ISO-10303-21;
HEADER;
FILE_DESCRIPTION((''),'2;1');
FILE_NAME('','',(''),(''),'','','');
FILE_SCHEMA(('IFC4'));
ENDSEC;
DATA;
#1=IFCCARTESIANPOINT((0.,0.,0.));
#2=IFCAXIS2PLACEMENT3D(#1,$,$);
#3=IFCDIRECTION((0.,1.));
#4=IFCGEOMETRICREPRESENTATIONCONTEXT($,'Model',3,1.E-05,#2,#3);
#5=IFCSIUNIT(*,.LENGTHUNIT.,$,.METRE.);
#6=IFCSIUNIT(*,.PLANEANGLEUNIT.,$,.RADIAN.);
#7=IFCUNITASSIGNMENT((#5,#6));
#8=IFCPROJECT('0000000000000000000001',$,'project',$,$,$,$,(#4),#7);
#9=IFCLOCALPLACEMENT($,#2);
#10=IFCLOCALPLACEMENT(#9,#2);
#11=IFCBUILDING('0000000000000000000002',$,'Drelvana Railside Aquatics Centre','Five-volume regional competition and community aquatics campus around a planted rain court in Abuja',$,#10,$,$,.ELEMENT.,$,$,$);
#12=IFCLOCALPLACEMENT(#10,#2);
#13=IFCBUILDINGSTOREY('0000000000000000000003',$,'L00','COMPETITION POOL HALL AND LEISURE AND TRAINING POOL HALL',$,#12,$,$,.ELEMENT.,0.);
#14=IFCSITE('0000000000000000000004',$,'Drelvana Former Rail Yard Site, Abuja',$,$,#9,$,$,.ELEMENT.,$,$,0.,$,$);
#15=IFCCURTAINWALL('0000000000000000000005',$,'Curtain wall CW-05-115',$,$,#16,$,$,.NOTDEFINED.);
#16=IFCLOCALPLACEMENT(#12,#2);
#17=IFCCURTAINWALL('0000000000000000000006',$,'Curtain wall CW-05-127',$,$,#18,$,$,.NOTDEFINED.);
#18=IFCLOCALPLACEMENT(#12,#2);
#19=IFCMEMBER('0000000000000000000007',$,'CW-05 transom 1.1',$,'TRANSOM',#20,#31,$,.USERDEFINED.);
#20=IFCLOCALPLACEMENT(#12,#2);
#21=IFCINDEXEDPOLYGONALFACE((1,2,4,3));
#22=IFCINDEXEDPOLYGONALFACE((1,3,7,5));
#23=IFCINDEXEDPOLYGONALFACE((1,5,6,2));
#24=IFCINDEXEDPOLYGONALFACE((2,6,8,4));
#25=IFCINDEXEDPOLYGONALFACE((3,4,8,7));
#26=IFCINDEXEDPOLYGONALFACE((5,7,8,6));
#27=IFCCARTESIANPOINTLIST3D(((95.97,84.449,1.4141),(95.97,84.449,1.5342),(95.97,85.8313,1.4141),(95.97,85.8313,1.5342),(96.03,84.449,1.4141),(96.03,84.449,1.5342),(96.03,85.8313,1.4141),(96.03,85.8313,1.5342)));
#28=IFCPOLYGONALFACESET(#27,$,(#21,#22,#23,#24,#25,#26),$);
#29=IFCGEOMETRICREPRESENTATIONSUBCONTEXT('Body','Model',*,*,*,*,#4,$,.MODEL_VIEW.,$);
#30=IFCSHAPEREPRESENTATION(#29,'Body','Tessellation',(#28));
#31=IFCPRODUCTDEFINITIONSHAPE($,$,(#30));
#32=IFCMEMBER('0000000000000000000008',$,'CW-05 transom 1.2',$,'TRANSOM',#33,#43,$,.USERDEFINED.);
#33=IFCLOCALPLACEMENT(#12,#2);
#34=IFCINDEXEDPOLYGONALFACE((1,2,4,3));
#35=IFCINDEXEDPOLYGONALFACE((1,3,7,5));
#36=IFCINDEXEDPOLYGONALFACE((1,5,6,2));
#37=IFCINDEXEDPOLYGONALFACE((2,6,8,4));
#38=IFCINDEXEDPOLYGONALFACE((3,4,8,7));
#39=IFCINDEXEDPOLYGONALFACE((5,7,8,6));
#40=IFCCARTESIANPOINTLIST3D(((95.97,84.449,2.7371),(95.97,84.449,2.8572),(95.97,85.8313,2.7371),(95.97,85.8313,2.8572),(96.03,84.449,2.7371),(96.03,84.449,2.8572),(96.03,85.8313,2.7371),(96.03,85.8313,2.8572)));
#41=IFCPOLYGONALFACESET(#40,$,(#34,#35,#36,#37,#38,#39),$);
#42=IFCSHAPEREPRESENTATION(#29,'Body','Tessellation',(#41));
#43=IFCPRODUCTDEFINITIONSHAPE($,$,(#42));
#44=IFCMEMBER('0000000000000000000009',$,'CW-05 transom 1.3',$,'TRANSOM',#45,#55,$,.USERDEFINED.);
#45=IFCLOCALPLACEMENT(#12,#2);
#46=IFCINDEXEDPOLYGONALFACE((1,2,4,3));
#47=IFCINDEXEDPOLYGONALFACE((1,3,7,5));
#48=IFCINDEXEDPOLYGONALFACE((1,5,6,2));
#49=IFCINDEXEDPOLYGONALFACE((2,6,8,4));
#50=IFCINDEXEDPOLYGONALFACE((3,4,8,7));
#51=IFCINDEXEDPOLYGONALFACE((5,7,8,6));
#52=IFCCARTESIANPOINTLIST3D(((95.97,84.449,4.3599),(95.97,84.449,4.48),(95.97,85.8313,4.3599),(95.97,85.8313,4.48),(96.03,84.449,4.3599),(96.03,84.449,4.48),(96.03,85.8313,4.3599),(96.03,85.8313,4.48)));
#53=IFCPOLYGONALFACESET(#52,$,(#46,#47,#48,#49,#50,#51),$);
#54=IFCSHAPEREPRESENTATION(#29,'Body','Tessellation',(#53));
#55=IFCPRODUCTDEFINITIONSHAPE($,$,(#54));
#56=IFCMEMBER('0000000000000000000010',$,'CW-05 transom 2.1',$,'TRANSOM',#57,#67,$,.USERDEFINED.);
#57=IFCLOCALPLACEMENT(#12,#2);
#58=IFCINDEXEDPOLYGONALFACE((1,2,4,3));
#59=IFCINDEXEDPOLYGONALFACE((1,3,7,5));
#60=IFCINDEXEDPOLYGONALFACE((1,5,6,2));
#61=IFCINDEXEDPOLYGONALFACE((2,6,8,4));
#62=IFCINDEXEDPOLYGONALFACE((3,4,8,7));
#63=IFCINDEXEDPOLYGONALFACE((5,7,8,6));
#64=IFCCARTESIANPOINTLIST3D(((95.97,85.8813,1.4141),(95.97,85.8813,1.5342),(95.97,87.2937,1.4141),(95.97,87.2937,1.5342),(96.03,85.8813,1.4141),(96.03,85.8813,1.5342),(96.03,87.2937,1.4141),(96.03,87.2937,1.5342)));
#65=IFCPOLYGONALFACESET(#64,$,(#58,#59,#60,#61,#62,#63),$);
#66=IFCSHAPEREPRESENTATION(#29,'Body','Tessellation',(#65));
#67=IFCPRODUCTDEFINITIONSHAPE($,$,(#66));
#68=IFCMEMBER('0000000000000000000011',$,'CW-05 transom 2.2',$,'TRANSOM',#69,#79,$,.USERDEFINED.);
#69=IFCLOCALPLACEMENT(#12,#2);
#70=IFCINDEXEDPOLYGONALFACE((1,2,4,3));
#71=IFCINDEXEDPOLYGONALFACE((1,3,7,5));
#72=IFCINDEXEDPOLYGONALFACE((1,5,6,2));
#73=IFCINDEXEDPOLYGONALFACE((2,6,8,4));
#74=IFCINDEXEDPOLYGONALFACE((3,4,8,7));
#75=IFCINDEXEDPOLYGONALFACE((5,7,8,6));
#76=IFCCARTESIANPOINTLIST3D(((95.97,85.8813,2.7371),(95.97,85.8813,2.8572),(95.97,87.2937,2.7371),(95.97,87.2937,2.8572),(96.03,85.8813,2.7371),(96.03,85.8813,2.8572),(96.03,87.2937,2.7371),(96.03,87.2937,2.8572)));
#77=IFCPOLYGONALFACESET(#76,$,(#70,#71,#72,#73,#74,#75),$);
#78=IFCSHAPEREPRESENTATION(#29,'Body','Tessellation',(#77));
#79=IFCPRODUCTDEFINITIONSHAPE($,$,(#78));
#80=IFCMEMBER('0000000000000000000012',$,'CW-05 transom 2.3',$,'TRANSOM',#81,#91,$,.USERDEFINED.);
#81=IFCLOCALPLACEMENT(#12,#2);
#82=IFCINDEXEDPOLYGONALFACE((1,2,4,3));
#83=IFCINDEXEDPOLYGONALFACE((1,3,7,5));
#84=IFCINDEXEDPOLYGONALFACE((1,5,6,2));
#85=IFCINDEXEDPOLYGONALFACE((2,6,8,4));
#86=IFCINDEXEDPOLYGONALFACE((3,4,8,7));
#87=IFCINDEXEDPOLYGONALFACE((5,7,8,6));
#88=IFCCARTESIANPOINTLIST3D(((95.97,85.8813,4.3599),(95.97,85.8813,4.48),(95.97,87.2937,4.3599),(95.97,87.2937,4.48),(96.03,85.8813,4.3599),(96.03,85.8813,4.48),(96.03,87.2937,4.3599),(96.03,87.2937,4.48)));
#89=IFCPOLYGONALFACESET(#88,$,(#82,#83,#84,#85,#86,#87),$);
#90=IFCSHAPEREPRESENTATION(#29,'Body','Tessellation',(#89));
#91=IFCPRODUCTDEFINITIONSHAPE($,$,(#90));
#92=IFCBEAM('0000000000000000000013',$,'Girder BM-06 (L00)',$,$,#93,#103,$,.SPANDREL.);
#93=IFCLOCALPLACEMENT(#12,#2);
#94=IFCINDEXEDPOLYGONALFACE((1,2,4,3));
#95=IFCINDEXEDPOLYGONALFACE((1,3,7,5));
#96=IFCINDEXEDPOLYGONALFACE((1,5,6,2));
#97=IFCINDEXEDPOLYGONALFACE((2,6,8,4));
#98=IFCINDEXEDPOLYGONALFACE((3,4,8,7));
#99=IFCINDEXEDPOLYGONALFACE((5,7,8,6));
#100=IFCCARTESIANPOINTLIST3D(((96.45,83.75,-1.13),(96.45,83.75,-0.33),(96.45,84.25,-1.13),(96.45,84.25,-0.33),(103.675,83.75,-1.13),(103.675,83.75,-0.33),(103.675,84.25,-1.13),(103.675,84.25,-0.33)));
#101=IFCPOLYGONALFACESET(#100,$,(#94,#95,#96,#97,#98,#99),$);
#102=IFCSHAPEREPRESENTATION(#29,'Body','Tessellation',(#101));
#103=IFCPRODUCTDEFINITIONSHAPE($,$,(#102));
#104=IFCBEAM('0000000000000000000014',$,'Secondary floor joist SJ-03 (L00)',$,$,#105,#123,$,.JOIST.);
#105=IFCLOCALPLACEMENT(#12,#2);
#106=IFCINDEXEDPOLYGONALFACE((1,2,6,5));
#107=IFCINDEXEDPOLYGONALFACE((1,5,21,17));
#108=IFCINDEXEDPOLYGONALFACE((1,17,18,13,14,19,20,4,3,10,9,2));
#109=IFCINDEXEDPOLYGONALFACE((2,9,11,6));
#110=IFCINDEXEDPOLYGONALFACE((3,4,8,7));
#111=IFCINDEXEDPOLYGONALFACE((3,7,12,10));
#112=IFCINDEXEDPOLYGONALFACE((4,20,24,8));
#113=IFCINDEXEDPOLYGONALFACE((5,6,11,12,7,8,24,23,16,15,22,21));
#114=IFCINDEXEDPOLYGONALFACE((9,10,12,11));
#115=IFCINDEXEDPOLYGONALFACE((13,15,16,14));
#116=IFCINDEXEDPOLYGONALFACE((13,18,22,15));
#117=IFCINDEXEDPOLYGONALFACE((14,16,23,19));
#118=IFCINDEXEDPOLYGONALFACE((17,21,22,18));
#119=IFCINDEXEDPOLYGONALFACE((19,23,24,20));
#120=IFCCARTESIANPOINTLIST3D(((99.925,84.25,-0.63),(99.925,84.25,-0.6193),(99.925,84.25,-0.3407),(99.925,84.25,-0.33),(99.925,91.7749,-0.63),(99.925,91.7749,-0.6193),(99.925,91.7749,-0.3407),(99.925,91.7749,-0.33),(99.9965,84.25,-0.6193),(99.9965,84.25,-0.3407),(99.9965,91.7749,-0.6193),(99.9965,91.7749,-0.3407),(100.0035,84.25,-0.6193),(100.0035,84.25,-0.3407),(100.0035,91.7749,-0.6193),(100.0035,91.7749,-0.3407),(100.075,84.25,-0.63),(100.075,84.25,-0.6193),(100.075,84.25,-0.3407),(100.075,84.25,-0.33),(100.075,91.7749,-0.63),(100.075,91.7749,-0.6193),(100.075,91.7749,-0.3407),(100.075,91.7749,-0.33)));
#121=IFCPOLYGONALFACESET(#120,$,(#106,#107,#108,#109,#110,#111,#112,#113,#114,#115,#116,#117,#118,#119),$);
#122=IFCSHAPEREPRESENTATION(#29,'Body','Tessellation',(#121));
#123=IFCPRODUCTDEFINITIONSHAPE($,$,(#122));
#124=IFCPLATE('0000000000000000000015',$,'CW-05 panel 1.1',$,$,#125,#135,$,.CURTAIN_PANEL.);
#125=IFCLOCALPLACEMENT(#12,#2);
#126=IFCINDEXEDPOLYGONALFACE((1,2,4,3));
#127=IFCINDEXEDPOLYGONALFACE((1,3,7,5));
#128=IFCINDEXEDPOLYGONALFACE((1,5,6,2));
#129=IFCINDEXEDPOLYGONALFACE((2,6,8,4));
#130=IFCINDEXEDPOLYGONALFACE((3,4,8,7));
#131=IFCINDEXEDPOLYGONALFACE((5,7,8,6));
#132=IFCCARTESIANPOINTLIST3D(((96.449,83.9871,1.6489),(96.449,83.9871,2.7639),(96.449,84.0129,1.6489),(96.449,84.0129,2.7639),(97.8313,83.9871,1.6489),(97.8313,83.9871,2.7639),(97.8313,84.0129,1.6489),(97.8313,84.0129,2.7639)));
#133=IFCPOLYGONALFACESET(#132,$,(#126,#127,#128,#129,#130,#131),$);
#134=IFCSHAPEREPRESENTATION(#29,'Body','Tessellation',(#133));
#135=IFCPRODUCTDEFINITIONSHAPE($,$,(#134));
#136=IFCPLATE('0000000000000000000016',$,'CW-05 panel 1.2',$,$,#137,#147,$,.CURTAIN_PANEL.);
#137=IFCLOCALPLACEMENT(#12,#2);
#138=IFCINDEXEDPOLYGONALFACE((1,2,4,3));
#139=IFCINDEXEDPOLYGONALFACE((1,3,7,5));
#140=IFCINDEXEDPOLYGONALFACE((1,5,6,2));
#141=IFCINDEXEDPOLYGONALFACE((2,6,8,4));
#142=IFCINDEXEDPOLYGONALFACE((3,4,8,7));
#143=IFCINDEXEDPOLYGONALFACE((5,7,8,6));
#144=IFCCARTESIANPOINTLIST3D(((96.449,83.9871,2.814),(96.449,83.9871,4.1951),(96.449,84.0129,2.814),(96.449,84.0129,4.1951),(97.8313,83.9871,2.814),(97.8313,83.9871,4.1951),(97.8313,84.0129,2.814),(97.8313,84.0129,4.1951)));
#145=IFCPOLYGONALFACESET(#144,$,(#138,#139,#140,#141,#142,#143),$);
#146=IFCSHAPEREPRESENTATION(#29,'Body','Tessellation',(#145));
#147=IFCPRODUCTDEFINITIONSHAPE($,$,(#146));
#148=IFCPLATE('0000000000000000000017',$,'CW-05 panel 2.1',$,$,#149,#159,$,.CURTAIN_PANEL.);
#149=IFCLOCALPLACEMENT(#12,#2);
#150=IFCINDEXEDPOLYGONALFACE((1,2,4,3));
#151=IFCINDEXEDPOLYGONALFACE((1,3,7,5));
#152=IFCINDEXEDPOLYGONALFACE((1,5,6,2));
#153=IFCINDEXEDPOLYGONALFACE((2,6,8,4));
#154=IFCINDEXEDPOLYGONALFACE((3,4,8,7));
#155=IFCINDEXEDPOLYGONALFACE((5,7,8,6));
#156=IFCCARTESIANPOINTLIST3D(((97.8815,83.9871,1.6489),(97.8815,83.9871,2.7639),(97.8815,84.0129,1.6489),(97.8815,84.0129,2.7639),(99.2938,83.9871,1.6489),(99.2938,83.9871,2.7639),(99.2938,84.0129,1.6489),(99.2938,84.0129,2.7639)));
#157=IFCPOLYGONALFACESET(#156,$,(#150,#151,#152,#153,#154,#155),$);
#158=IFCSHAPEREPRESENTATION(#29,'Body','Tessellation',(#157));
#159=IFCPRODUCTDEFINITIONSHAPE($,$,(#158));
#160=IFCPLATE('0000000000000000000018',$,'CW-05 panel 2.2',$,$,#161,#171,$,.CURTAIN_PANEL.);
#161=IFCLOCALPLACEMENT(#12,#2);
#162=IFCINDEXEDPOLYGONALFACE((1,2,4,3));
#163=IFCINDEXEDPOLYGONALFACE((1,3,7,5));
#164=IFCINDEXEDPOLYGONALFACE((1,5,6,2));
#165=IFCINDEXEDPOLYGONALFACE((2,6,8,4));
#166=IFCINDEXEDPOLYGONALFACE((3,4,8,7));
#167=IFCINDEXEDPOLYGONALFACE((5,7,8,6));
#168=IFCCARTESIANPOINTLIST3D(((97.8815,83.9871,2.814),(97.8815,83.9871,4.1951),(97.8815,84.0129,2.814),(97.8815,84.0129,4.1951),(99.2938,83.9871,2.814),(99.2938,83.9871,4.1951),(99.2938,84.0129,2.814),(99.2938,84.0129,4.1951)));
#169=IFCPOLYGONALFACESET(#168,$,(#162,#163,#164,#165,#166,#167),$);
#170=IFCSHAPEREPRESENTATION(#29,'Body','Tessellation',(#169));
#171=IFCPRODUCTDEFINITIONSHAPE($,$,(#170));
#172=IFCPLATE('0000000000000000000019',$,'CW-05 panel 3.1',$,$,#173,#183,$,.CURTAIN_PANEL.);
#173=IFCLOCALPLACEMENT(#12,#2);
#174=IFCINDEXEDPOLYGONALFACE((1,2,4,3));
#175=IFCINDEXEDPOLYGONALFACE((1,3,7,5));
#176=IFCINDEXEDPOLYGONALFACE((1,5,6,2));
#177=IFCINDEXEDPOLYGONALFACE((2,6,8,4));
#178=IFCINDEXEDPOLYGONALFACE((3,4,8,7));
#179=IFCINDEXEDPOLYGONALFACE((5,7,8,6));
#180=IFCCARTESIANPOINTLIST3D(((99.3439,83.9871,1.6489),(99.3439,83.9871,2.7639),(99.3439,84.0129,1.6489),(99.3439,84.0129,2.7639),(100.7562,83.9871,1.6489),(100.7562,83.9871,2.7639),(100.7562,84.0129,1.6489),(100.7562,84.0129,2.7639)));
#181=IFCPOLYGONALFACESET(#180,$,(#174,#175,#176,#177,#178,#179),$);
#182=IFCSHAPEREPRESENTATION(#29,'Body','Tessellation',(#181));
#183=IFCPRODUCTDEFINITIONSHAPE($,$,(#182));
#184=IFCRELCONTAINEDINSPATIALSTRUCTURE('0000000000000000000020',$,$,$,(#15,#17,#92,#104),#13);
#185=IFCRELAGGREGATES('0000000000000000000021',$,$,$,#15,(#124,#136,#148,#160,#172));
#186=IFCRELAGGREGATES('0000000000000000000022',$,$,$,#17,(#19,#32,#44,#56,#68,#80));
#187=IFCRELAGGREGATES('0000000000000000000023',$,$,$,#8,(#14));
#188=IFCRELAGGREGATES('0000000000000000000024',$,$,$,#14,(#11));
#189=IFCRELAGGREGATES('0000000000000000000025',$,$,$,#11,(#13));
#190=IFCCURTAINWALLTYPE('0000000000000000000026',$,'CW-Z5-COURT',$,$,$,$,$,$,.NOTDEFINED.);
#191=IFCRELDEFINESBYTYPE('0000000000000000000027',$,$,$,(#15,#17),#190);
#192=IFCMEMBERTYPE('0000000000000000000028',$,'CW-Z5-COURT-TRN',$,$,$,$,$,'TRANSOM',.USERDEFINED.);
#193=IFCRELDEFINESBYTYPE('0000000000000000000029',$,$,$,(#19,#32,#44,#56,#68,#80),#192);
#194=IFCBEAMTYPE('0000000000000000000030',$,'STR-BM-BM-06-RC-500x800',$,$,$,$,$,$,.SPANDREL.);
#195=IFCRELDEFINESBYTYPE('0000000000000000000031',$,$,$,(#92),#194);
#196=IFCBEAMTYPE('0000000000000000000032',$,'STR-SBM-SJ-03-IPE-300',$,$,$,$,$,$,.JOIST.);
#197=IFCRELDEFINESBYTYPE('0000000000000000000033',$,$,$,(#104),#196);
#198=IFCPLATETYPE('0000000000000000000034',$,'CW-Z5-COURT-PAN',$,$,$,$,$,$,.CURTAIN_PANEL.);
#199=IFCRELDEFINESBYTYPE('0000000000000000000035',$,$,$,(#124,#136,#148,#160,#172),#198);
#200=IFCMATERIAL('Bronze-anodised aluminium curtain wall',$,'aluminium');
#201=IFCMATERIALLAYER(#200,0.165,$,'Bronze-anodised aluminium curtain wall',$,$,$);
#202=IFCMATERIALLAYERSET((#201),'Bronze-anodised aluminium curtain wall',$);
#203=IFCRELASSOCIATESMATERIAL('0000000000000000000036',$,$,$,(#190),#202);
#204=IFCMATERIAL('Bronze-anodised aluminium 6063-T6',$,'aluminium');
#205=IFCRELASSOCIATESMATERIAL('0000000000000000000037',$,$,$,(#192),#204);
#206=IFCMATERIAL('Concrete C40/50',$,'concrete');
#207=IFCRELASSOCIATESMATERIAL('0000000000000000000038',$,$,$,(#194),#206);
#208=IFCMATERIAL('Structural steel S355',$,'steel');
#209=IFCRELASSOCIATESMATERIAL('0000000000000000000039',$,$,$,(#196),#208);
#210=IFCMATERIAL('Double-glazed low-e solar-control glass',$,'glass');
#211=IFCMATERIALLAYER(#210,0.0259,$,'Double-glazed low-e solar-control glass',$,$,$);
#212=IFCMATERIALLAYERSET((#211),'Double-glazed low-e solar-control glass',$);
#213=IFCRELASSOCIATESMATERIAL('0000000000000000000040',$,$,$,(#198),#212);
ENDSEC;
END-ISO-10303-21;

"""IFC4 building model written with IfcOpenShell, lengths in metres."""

from ifc_helpers import new_model, si_unit, direction, frame, origin, origin_2d, place, context, subcontext, project, spatial, rectangle, i_section, extrude, material, layer, layer_set, material_profile, profile_set, type_object, element, aggregate, save


model = new_model("IFC4")

# Units and contexts
model_context = context("Model", 3, precision=1e-05, world=origin(), true_north=direction((0.0, 1.0)))
body_context = subcontext(model_context, "Body", "Model", "MODEL_VIEW")
ifc_project = project(units=[si_unit("LENGTHUNIT", "METRE"), si_unit("PLANEANGLEUNIT", "RADIAN")], contexts=[model_context])

# Site, building, storey
site_placement = place(None, origin())
site = spatial("IfcSite", under=ifc_project, at=site_placement, Name="Drelvana Former Rail Yard Site, Abuja", CompositionType="ELEMENT", RefElevation=0.0)
building_placement = place(site_placement, origin())
building = spatial("IfcBuilding", under=site, at=building_placement, Name="Drelvana Railside Aquatics Centre", Description="Five-volume regional competition and community aquatics campus around a planted rain court in Abuja", CompositionType="ELEMENT")
storey_placement = place(building_placement, origin())
storey = spatial("IfcBuildingStorey", under=building, at=storey_placement, Name="L00", Description="COMPETITION POOL HALL AND LEISURE AND TRAINING POOL HALL", CompositionType="ELEMENT", Elevation=0.0)

# Shared definitions
ifc_material_1 = material(Name="Bronze-anodised aluminium curtain wall", Category="aluminium")
ifc_layer_1 = layer(ifc_material_1, 0.165, Name="Bronze-anodised aluminium curtain wall")
ifc_layer_set_1 = layer_set([ifc_layer_1], Name="Bronze-anodised aluminium curtain wall")
curtain_wall_type = type_object("IfcCurtainWallType", Name="CW-Z5-COURT", PredefinedType="NOTDEFINED", material=ifc_layer_set_1)
ifc_material_2 = material(Name="Bronze-anodised aluminium 6063-T6", Category="aluminium")

# Curtain walls
curtain_wall_1_placement = place(storey_placement, origin())
curtain_wall_1 = element("IfcCurtainWall", 1, at=curtain_wall_1_placement, inside=storey, type_object=curtain_wall_type, Name="Curtain wall CW-05-115", PredefinedType="NOTDEFINED")
curtain_wall_2_placement = place(storey_placement, origin())
curtain_wall_2 = element("IfcCurtainWall", 2, at=curtain_wall_2_placement, inside=storey, type_object=curtain_wall_type, Name="Curtain wall CW-05-127", PredefinedType="NOTDEFINED")

# Members
ifc_material_profile_1 = material_profile(ifc_material_2, rectangle(XDim=0.1201, YDim=0.0601, at=origin_2d()), Name="ALU-T 60x120")
ifc_profile_set_1 = profile_set([ifc_material_profile_1], Name="Bronze-anodised aluminium 6063-T6")
member_type_1 = type_object("IfcMemberType", Name="CW-Z5-COURT-TRN", ElementType="TRANSOM", PredefinedType="USERDEFINED", material=ifc_profile_set_1)
member_1_placement = place(storey_placement, frame((96.0, 84.449, 1.4741), z_axis=(0.0, 1.0, 0.0), x_axis=(0.0, 0.0, 1.0)))
member_1 = element("IfcMember", 3, at=member_1_placement, type_object=member_type_1, Name="CW-05 transom 1.1", ObjectType="TRANSOM", PredefinedType="USERDEFINED", context=body_context, shape_type="SweptSolid", body=[
    extrude(rectangle(XDim=0.1201, YDim=0.0601, at=origin_2d()), origin(), (0.0, 0.0, 1.0), 1.3823),
])
member_2_placement = place(storey_placement, frame((96.0, 84.449, 2.7971), z_axis=(0.0, 1.0, 0.0), x_axis=(0.0, 0.0, 1.0)))
member_2 = element("IfcMember", 4, at=member_2_placement, type_object=member_type_1, Name="CW-05 transom 1.2", ObjectType="TRANSOM", PredefinedType="USERDEFINED", context=body_context, shape_type="SweptSolid", body=[
    extrude(rectangle(XDim=0.1201, YDim=0.0601, at=origin_2d()), origin(), (0.0, 0.0, 1.0), 1.3823),
])
member_3_placement = place(storey_placement, frame((96.0, 84.449, 4.4199), z_axis=(0.0, 1.0, 0.0), x_axis=(0.0, 0.0, 1.0)))
member_3 = element("IfcMember", 5, at=member_3_placement, type_object=member_type_1, Name="CW-05 transom 1.3", ObjectType="TRANSOM", PredefinedType="USERDEFINED", context=body_context, shape_type="SweptSolid", body=[
    extrude(rectangle(XDim=0.1201, YDim=0.0601, at=origin_2d()), origin(), (0.0, 0.0, 1.0), 1.3823),
])
member_4_placement = place(storey_placement, frame((96.0, 85.8813, 1.4741), z_axis=(0.0, 1.0, 0.0), x_axis=(0.0, 0.0, 1.0)))
member_4 = element("IfcMember", 6, at=member_4_placement, type_object=member_type_1, Name="CW-05 transom 2.1", ObjectType="TRANSOM", PredefinedType="USERDEFINED", context=body_context, shape_type="SweptSolid", body=[
    extrude(rectangle(XDim=0.1201, YDim=0.0601, at=origin_2d()), origin(), (0.0, 0.0, 1.0), 1.4124),
])
member_5_placement = place(storey_placement, frame((96.0, 85.8813, 2.7971), z_axis=(0.0, 1.0, 0.0), x_axis=(0.0, 0.0, 1.0)))
member_5 = element("IfcMember", 7, at=member_5_placement, type_object=member_type_1, Name="CW-05 transom 2.2", ObjectType="TRANSOM", PredefinedType="USERDEFINED", context=body_context, shape_type="SweptSolid", body=[
    extrude(rectangle(XDim=0.1201, YDim=0.0601, at=origin_2d()), origin(), (0.0, 0.0, 1.0), 1.4124),
])
member_6_placement = place(storey_placement, frame((96.0, 85.8813, 4.4199), z_axis=(0.0, 1.0, 0.0), x_axis=(0.0, 0.0, 1.0)))
member_6 = element("IfcMember", 8, at=member_6_placement, type_object=member_type_1, Name="CW-05 transom 2.3", ObjectType="TRANSOM", PredefinedType="USERDEFINED", context=body_context, shape_type="SweptSolid", body=[
    extrude(rectangle(XDim=0.1201, YDim=0.0601, at=origin_2d()), origin(), (0.0, 0.0, 1.0), 1.4124),
])

# Beams
ifc_material_3 = material(Name="Concrete C40/50", Category="concrete")
ifc_material_profile_2 = material_profile(ifc_material_3, rectangle(XDim=0.5, YDim=0.8, at=origin_2d()), Name="RC 500x800")
ifc_profile_set_2 = profile_set([ifc_material_profile_2], Name="Concrete C40/50")
beam_type_1 = type_object("IfcBeamType", Name="STR-BM-BM-06-RC-500x800", PredefinedType="SPANDREL", material=ifc_profile_set_2)
beam_1_placement = place(storey_placement, frame((96.45, 84.0, -0.73), z_axis=(1.0, 0.0, 0.0), x_axis=(0.0, 1.0, 0.0)))
element("IfcBeam", 9, at=beam_1_placement, inside=storey, type_object=beam_type_1, Name="Girder BM-06 (L00)", PredefinedType="SPANDREL", context=body_context, shape_type="SweptSolid", body=[
    extrude(rectangle(XDim=0.5, YDim=0.8, at=origin_2d()), origin(), (0.0, 0.0, 1.0), 7.2251),
])
ifc_material_4 = material(Name="Structural steel S355", Category="steel")
ifc_material_profile_3 = material_profile(ifc_material_4, i_section(OverallWidth=0.1499, OverallDepth=0.3, WebThickness=0.0071, FlangeThickness=0.0107, at=origin_2d()), Name="IPE 300")
ifc_profile_set_3 = profile_set([ifc_material_profile_3], Name="Structural steel S355")
beam_type_2 = type_object("IfcBeamType", Name="STR-SBM-SJ-03-IPE-300", PredefinedType="JOIST", material=ifc_profile_set_3)
beam_2_placement = place(storey_placement, frame((100.0, 84.25, -0.48), z_axis=(0.0, 1.0, 0.0), x_axis=(-1.0, 0.0, 0.0)))
element("IfcBeam", 10, at=beam_2_placement, inside=storey, type_object=beam_type_2, Name="Secondary floor joist SJ-03 (L00)", PredefinedType="JOIST", context=body_context, shape_type="SweptSolid", body=[
    extrude(i_section(OverallWidth=0.1499, OverallDepth=0.3, WebThickness=0.0071, FlangeThickness=0.0107, at=origin_2d()), origin(), (0.0, 0.0, 1.0), 7.5249),
])

# Plates
ifc_material_5 = material(Name="Double-glazed low-e solar-control glass", Category="glass")
ifc_layer_2 = layer(ifc_material_5, 0.0259, Name="Double-glazed low-e solar-control glass")
ifc_layer_set_2 = layer_set([ifc_layer_2], Name="Double-glazed low-e solar-control glass")
plate_type = type_object("IfcPlateType", Name="CW-Z5-COURT-PAN", PredefinedType="CURTAIN_PANEL", material=ifc_layer_set_2)
plate_1_placement = place(storey_placement, frame((97.1401, 84.0, 1.6489), z_axis=(0.0, 0.0, 1.0), x_axis=(1.0, 0.0, 0.0)))
plate_1 = element("IfcPlate", 11, at=plate_1_placement, type_object=plate_type, Name="CW-05 panel 1.1", PredefinedType="CURTAIN_PANEL", context=body_context, shape_type="SweptSolid", body=[
    extrude(rectangle(XDim=1.3823, YDim=0.0259, at=origin_2d()), origin(), (0.0, 0.0, 1.0), 1.115),
])
plate_2_placement = place(storey_placement, frame((97.1401, 84.0, 2.814), z_axis=(0.0, 0.0, 1.0), x_axis=(1.0, 0.0, 0.0)))
plate_2 = element("IfcPlate", 12, at=plate_2_placement, type_object=plate_type, Name="CW-05 panel 1.2", PredefinedType="CURTAIN_PANEL", context=body_context, shape_type="SweptSolid", body=[
    extrude(rectangle(XDim=1.3823, YDim=0.0259, at=origin_2d()), origin(), (0.0, 0.0, 1.0), 1.3811),
])
plate_3_placement = place(storey_placement, frame((98.5876, 84.0, 1.6489), z_axis=(0.0, 0.0, 1.0), x_axis=(1.0, 0.0, 0.0)))
plate_3 = element("IfcPlate", 13, at=plate_3_placement, type_object=plate_type, Name="CW-05 panel 2.1", PredefinedType="CURTAIN_PANEL", context=body_context, shape_type="SweptSolid", body=[
    extrude(rectangle(XDim=1.4124, YDim=0.0259, at=origin_2d()), origin(), (0.0, 0.0, 1.0), 1.115),
])
plate_4_placement = place(storey_placement, frame((98.5876, 84.0, 2.814), z_axis=(0.0, 0.0, 1.0), x_axis=(1.0, 0.0, 0.0)))
plate_4 = element("IfcPlate", 14, at=plate_4_placement, type_object=plate_type, Name="CW-05 panel 2.2", PredefinedType="CURTAIN_PANEL", context=body_context, shape_type="SweptSolid", body=[
    extrude(rectangle(XDim=1.4124, YDim=0.0259, at=origin_2d()), origin(), (0.0, 0.0, 1.0), 1.3811),
])
plate_5_placement = place(storey_placement, frame((100.05, 84.0, 1.6489), z_axis=(0.0, 0.0, 1.0), x_axis=(1.0, 0.0, 0.0)))
plate_5 = element("IfcPlate", 15, at=plate_5_placement, type_object=plate_type, Name="CW-05 panel 3.1", PredefinedType="CURTAIN_PANEL", context=body_context, shape_type="SweptSolid", body=[
    extrude(rectangle(XDim=1.4124, YDim=0.0259, at=origin_2d()), origin(), (0.0, 0.0, 1.0), 1.115),
])
aggregate(curtain_wall_1, [plate_1, plate_2, plate_3, plate_4, plate_5])
aggregate(curtain_wall_2, [member_1, member_2, member_3, member_4, member_5, member_6])

save(model, "model.ifc")
